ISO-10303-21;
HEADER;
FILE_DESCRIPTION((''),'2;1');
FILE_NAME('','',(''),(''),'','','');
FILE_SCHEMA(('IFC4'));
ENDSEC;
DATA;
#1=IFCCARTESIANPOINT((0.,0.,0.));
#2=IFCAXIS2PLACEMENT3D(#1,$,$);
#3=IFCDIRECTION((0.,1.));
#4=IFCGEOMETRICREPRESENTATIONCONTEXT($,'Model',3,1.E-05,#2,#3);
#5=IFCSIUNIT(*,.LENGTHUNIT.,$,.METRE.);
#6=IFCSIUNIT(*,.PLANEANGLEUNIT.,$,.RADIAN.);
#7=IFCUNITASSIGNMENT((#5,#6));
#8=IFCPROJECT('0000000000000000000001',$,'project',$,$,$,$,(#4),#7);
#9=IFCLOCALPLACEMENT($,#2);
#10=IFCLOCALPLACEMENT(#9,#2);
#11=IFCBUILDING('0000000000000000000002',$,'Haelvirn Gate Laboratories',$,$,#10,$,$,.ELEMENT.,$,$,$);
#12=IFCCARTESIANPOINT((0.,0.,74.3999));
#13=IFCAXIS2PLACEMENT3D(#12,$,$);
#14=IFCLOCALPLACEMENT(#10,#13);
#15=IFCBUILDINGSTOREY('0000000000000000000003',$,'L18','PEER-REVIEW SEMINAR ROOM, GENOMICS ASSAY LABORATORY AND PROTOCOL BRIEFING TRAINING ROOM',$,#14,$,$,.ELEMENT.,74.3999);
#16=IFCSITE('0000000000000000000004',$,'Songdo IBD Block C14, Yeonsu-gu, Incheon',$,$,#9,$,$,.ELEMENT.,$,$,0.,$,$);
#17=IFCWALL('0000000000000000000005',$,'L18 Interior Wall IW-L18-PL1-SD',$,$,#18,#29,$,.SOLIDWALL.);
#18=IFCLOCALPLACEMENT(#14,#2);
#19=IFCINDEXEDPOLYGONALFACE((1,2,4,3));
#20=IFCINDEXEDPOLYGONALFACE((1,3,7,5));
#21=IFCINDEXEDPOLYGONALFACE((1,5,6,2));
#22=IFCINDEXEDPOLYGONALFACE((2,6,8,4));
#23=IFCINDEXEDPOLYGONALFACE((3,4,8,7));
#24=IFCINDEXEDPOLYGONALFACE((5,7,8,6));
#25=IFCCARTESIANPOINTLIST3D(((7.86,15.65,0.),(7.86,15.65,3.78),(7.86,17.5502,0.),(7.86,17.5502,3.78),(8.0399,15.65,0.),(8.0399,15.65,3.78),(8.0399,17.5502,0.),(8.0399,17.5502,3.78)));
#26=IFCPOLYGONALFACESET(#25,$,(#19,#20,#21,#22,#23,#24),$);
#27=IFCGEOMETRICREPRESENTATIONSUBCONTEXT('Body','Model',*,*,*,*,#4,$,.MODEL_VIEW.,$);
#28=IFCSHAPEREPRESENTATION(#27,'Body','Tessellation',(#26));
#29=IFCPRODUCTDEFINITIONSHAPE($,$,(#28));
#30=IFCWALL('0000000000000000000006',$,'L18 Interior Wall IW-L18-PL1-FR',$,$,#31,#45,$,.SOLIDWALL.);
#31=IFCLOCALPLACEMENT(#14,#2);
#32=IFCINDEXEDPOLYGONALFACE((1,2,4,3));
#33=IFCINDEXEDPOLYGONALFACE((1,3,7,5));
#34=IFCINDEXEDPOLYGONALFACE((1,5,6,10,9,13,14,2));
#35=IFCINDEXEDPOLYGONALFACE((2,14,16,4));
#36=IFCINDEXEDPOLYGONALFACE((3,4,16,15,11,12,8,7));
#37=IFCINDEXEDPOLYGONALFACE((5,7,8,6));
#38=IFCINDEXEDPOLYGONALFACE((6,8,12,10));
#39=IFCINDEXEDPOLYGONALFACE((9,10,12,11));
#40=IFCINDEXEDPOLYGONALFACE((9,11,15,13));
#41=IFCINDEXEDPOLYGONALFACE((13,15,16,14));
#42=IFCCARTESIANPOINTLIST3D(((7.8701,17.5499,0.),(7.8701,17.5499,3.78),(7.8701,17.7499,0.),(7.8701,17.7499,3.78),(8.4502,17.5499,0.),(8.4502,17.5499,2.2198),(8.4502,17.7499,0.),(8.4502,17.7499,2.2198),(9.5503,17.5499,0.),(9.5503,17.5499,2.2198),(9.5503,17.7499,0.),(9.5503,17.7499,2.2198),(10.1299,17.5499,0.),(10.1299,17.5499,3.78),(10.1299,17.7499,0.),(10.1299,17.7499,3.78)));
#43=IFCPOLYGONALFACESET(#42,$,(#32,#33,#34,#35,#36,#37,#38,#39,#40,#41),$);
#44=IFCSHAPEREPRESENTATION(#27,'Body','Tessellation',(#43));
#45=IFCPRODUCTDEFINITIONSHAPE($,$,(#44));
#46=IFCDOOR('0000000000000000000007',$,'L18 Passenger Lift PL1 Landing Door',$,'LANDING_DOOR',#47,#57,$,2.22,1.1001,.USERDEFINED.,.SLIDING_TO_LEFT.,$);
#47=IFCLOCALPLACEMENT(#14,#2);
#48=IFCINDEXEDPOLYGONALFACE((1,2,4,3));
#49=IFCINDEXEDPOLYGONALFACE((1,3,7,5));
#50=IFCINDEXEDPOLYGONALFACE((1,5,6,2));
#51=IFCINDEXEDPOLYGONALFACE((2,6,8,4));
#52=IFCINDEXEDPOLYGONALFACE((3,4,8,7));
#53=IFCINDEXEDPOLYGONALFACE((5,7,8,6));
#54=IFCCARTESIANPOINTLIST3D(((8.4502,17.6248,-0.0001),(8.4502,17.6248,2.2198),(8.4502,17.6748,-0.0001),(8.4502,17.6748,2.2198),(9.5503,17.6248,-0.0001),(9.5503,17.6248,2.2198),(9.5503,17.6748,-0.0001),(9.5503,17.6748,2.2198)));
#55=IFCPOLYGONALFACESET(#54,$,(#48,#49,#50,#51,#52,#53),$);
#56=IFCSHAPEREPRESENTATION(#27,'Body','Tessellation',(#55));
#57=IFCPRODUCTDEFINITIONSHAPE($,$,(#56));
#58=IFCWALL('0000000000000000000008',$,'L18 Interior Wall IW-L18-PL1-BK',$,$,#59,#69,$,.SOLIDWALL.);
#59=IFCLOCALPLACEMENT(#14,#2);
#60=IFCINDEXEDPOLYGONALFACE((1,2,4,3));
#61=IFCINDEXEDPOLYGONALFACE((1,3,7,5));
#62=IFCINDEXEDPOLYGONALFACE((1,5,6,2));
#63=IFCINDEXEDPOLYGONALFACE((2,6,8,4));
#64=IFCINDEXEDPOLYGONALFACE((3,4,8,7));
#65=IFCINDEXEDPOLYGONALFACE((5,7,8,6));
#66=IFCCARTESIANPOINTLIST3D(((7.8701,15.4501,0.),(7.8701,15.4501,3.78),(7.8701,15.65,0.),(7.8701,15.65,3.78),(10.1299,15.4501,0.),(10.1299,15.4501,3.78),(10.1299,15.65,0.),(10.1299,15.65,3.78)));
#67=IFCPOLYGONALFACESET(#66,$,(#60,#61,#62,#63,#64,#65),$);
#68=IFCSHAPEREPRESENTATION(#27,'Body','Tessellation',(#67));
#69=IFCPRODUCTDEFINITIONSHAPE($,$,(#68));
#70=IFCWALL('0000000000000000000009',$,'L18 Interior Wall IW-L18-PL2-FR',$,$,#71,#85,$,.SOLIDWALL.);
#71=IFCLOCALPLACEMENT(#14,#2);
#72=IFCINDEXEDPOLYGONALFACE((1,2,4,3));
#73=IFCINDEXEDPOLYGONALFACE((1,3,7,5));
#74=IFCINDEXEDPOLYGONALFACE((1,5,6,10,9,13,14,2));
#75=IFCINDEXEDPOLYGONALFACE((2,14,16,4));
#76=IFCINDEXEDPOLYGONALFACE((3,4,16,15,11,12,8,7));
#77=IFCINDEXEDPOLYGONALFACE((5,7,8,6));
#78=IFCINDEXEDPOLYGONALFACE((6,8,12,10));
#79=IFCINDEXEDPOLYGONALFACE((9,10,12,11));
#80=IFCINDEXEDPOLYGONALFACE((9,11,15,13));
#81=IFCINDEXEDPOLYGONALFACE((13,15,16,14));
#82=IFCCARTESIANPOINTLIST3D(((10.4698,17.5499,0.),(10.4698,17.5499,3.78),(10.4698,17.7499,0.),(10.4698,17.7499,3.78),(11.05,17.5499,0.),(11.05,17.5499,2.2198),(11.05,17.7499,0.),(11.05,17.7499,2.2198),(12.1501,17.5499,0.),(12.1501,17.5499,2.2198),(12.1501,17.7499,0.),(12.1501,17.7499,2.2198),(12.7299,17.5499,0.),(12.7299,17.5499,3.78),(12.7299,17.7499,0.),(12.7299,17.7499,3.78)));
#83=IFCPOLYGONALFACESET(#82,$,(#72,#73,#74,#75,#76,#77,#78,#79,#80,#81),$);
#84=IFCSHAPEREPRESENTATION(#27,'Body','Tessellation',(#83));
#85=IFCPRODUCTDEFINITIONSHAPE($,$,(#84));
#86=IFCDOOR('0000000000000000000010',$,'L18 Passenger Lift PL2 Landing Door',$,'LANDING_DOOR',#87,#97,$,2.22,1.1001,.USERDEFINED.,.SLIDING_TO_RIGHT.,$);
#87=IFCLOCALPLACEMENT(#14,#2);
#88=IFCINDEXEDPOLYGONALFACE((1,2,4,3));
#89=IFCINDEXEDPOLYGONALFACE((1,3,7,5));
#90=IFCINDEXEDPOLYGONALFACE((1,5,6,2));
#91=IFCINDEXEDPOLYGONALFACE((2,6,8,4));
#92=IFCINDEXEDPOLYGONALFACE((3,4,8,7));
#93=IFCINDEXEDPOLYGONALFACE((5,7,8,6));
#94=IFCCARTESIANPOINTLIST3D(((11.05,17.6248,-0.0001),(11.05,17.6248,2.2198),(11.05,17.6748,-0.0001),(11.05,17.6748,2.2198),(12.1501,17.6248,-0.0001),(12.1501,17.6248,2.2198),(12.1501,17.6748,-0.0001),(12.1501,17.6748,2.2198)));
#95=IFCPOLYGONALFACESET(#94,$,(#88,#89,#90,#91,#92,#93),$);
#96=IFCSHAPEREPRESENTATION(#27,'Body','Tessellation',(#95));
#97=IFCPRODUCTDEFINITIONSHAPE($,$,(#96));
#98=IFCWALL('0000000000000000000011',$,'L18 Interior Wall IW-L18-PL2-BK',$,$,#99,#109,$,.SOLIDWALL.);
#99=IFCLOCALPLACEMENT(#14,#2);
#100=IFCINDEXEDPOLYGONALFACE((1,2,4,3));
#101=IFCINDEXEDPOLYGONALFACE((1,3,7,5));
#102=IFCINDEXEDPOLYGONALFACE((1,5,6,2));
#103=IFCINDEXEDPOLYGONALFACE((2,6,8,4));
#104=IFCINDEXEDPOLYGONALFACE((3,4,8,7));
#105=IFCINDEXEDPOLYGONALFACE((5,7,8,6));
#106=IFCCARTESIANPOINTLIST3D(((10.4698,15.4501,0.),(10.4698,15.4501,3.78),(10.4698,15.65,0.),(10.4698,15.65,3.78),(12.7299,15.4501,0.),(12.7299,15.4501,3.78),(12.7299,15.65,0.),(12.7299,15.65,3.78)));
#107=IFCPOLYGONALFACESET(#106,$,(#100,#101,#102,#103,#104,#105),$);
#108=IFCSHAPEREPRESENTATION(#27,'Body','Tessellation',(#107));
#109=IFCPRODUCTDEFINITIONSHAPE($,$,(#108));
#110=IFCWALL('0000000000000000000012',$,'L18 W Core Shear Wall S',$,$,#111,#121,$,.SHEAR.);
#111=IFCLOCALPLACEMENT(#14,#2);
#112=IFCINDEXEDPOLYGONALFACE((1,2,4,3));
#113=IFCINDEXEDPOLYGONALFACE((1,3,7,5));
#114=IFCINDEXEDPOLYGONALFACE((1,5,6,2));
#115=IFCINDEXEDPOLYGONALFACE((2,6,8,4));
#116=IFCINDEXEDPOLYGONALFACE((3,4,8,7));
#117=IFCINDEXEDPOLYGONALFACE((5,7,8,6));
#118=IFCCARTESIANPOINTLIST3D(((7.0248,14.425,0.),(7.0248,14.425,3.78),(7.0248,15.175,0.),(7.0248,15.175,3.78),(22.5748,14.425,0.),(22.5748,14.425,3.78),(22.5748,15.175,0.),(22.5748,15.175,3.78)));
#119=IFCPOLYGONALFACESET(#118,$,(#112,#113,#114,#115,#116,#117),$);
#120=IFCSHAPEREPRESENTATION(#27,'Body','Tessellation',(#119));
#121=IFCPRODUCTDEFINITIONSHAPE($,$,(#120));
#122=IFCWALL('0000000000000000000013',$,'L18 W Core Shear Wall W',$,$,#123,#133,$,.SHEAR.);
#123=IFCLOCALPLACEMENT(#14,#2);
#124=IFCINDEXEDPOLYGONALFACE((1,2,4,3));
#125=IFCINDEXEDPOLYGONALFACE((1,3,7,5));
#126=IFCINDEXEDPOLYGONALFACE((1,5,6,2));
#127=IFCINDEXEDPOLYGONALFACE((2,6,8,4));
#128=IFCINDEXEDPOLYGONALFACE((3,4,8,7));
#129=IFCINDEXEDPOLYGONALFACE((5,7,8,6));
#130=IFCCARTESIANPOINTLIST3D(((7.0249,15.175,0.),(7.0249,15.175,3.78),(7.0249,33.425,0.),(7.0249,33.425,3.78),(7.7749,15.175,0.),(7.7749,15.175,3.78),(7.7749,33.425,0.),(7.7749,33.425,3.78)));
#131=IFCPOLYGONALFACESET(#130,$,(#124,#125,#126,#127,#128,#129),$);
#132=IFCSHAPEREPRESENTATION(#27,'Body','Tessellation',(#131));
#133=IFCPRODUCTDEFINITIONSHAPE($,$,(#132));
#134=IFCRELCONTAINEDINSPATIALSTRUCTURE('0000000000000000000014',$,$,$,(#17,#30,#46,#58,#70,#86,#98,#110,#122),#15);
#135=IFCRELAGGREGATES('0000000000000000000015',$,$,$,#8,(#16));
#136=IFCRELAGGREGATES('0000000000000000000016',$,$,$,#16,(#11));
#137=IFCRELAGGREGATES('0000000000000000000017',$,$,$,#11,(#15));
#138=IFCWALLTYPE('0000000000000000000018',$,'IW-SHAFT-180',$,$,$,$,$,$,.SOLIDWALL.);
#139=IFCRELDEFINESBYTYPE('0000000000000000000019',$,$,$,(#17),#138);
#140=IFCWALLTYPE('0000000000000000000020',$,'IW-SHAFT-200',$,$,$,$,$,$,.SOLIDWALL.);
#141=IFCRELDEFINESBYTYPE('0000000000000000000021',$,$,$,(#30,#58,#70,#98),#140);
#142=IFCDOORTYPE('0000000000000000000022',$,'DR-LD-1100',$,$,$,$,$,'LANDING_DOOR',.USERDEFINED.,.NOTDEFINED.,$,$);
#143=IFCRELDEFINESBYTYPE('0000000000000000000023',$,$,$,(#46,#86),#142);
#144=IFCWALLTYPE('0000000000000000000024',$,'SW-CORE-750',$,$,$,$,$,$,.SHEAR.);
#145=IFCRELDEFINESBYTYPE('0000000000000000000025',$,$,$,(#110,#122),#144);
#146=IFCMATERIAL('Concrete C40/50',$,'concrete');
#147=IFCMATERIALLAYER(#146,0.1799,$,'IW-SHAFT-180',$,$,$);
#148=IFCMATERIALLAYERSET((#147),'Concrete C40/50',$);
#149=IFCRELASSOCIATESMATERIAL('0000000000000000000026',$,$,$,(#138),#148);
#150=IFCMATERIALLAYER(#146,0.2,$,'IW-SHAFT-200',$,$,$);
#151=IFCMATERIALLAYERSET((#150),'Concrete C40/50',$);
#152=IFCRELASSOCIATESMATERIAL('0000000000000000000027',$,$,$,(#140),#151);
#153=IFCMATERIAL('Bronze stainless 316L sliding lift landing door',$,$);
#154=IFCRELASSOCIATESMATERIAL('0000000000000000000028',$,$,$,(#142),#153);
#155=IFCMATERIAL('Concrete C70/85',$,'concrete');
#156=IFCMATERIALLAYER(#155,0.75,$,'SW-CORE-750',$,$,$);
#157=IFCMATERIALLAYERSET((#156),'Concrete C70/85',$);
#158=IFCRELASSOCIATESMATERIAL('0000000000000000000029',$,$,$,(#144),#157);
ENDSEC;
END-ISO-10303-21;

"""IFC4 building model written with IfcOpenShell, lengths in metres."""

from ifc_helpers import new_model, si_unit, direction, frame, frame_2d, origin, place, context, subcontext, project, spatial, rectangle, extrude, source, transform, mapped, material, layer, layer_set, type_object, type_shapes, element, fill, save


model = new_model("IFC4")

# Units and contexts
model_context = context("Model", 3, precision=1e-05, world=origin(), true_north=direction((0.0, 1.0)))
body_context = subcontext(model_context, "Body", "Model", "MODEL_VIEW")
ifc_project = project(units=[si_unit("LENGTHUNIT", "METRE"), si_unit("PLANEANGLEUNIT", "RADIAN")], contexts=[model_context])

# Site, building, storey
site_placement = place(None, origin())
site = spatial("IfcSite", under=ifc_project, at=site_placement, Name="Songdo IBD Block C14, Yeonsu-gu, Incheon", CompositionType="ELEMENT", RefElevation=0.0)
building_placement = place(site_placement, origin())
building = spatial("IfcBuilding", under=site, at=building_placement, Name="Haelvirn Gate Laboratories", CompositionType="ELEMENT")
storey_placement = place(building_placement, frame((0.0, 0.0, 74.3999)))
storey = spatial("IfcBuildingStorey", under=building, at=storey_placement, Name="L18", Description="PEER-REVIEW SEMINAR ROOM, GENOMICS ASSAY LABORATORY AND PROTOCOL BRIEFING TRAINING ROOM", CompositionType="ELEMENT", Elevation=74.3999)

# Shared definitions
ifc_material_1 = material(Name="Concrete C70/85", Category="concrete")

# Wall
ifc_material_2 = material(Name="Concrete C40/50", Category="concrete")
ifc_layer_1 = layer(ifc_material_2, 0.1799, Name="IW-SHAFT-180")
ifc_layer_set_1 = layer_set([ifc_layer_1], Name="Concrete C40/50")
wall_type_1 = type_object("IfcWallType", Name="IW-SHAFT-180", PredefinedType="SOLIDWALL", material=ifc_layer_set_1)
wall_1_placement = place(storey_placement, frame((7.95, 15.6499, 0.0), z_axis=(0.0, 0.0, 1.0), x_axis=(0.0, 1.0, 0.0)))
element("IfcWall", 1, at=wall_1_placement, inside=storey, type_object=wall_type_1, Name="L18 Interior Wall IW-L18-PL1-SD", PredefinedType="SOLIDWALL", context=body_context, shape_type="SweptSolid", body=[
    extrude(rectangle(XDim=1.9001, YDim=0.1799, at=frame_2d((0.9502, 0.0))), origin(), (0.0, 0.0, 1.0), 3.78),
])

# Wall, opening, door
ifc_layer_2 = layer(ifc_material_2, 0.2, Name="IW-SHAFT-200")
ifc_layer_set_2 = layer_set([ifc_layer_2], Name="Concrete C40/50")
wall_type_2 = type_object("IfcWallType", Name="IW-SHAFT-200", PredefinedType="SOLIDWALL", material=ifc_layer_set_2)
wall_2_placement = place(storey_placement, frame((7.8701, 17.6499, 0.0), z_axis=(0.0, 0.0, 1.0), x_axis=(1.0, 0.0, 0.0)))
wall_2 = element("IfcWall", 2, at=wall_2_placement, inside=storey, type_object=wall_type_2, Name="L18 Interior Wall IW-L18-PL1-FR", PredefinedType="SOLIDWALL", context=body_context, shape_type="SweptSolid", body=[
    extrude(rectangle(XDim=2.2598, YDim=0.2, at=frame_2d((1.1299, 0.0))), origin(), (0.0, 0.0, 1.0), 3.78),
])
opening_1_placement = place(wall_2_placement, frame((0.5801, 0.0, 0.0)))
opening_1 = element("IfcOpeningElement", 3, at=opening_1_placement, cuts=wall_2, PredefinedType="OPENING", context=body_context, shape_type="SweptSolid", body=[
    extrude(rectangle(XDim=1.1001, YDim=2.22, at=frame_2d((0.55, 1.1099))), frame((0.0, 0.1099, 0.0), z_axis=(0.0, -1.0, 0.0), x_axis=(1.0, 0.0, 0.0)), (0.0, 0.0, 1.0), 0.22),
])
ifc_material_3 = material(Name="Bronze stainless 316L sliding lift landing door")
door_type_1 = type_object("IfcDoorType", Name="DR-LD-1100", ElementType="LANDING_DOOR", OperationType="NOTDEFINED", PredefinedType="USERDEFINED", material=ifc_material_3)
shared_shape_1 = source(origin(), body_context, "Body", "SweptSolid", [
    extrude(rectangle(XDim=1.1001, YDim=2.22, at=frame_2d((0.55, 1.1099))), frame((0.0, 0.0249, 0.0), z_axis=(0.0, -1.0, 0.0), x_axis=(1.0, 0.0, 0.0)), (0.0, 0.0, 1.0), 0.05),
])
type_shapes(door_type_1, [shared_shape_1])
door_1_placement = place(opening_1_placement, origin())
door_1 = element("IfcDoor", 4, at=door_1_placement, inside=storey, type_object=door_type_1, Name="L18 Passenger Lift PL1 Landing Door", ObjectType="LANDING_DOOR", OperationType="SLIDING_TO_LEFT", OverallHeight=2.22, OverallWidth=1.1001, PredefinedType="USERDEFINED", context=body_context, shape_type="MappedRepresentation", body=[
    mapped(shared_shape_1, transform((0.0, 0.0, 0.0), scale=1.0)),
])
fill(opening_1, door_1)

# Wall
wall_3_placement = place(storey_placement, frame((7.8701, 15.55, 0.0), z_axis=(0.0, 0.0, 1.0), x_axis=(1.0, 0.0, 0.0)))
element("IfcWall", 5, at=wall_3_placement, inside=storey, type_object=wall_type_2, Name="L18 Interior Wall IW-L18-PL1-BK", PredefinedType="SOLIDWALL", context=body_context, shape_type="SweptSolid", body=[
    extrude(rectangle(XDim=2.2598, YDim=0.2, at=frame_2d((1.1299, 0.0))), origin(), (0.0, 0.0, 1.0), 3.78),
])

# Wall, opening, door
wall_4_placement = place(storey_placement, frame((10.47, 17.6499, 0.0), z_axis=(0.0, 0.0, 1.0), x_axis=(1.0, 0.0, 0.0)))
wall_4 = element("IfcWall", 6, at=wall_4_placement, inside=storey, type_object=wall_type_2, Name="L18 Interior Wall IW-L18-PL2-FR", PredefinedType="SOLIDWALL", context=body_context, shape_type="SweptSolid", body=[
    extrude(rectangle(XDim=2.26, YDim=0.2, at=frame_2d((1.1299, 0.0))), origin(), (0.0, 0.0, 1.0), 3.78),
])
opening_2_placement = place(wall_4_placement, frame((0.5801, 0.0, 0.0)))
opening_2 = element("IfcOpeningElement", 7, at=opening_2_placement, cuts=wall_4, PredefinedType="OPENING", context=body_context, shape_type="SweptSolid", body=[
    extrude(rectangle(XDim=1.1001, YDim=2.22, at=frame_2d((0.55, 1.1099))), frame((0.0, 0.1099, 0.0), z_axis=(0.0, -1.0, 0.0), x_axis=(1.0, 0.0, 0.0)), (0.0, 0.0, 1.0), 0.22),
])
door_2_placement = place(opening_2_placement, origin())
door_2 = element("IfcDoor", 8, at=door_2_placement, inside=storey, type_object=door_type_1, Name="L18 Passenger Lift PL2 Landing Door", ObjectType="LANDING_DOOR", OperationType="SLIDING_TO_RIGHT", OverallHeight=2.22, OverallWidth=1.1001, PredefinedType="USERDEFINED", context=body_context, shape_type="MappedRepresentation", body=[
    mapped(shared_shape_1, transform((0.0, 0.0, 0.0), scale=1.0)),
])
fill(opening_2, door_2)

# Walls
wall_5_placement = place(storey_placement, frame((10.47, 15.55, 0.0), z_axis=(0.0, 0.0, 1.0), x_axis=(1.0, 0.0, 0.0)))
element("IfcWall", 9, at=wall_5_placement, inside=storey, type_object=wall_type_2, Name="L18 Interior Wall IW-L18-PL2-BK", PredefinedType="SOLIDWALL", context=body_context, shape_type="SweptSolid", body=[
    extrude(rectangle(XDim=2.26, YDim=0.2, at=frame_2d((1.1299, 0.0))), origin(), (0.0, 0.0, 1.0), 3.78),
])
ifc_layer_3 = layer(ifc_material_1, 0.75, Name="SW-CORE-750")
ifc_layer_set_3 = layer_set([ifc_layer_3], Name="Concrete C70/85")
wall_type_3 = type_object("IfcWallType", Name="SW-CORE-750", PredefinedType="SHEAR", material=ifc_layer_set_3)
wall_6_placement = place(storey_placement, frame((7.0249, 14.8, 0.0), z_axis=(0.0, 0.0, 1.0), x_axis=(1.0, 0.0, 0.0)))
element("IfcWall", 10, at=wall_6_placement, inside=storey, type_object=wall_type_3, Name="L18 W Core Shear Wall S", PredefinedType="SHEAR", context=body_context, shape_type="SweptSolid", body=[
    extrude(rectangle(XDim=15.55, YDim=0.75, at=frame_2d((7.7749, 0.0))), origin(), (0.0, 0.0, 1.0), 3.78),
])
wall_7_placement = place(storey_placement, frame((7.3999, 15.175, 0.0), z_axis=(0.0, 0.0, 1.0), x_axis=(0.0, 1.0, 0.0)))
element("IfcWall", 11, at=wall_7_placement, inside=storey, type_object=wall_type_3, Name="L18 W Core Shear Wall W", PredefinedType="SHEAR", context=body_context, shape_type="SweptSolid", body=[
    extrude(rectangle(XDim=18.25, YDim=0.75, at=frame_2d((9.125, 0.0))), origin(), (0.0, 0.0, 1.0), 3.78),
])

save(model, "model.ifc")
